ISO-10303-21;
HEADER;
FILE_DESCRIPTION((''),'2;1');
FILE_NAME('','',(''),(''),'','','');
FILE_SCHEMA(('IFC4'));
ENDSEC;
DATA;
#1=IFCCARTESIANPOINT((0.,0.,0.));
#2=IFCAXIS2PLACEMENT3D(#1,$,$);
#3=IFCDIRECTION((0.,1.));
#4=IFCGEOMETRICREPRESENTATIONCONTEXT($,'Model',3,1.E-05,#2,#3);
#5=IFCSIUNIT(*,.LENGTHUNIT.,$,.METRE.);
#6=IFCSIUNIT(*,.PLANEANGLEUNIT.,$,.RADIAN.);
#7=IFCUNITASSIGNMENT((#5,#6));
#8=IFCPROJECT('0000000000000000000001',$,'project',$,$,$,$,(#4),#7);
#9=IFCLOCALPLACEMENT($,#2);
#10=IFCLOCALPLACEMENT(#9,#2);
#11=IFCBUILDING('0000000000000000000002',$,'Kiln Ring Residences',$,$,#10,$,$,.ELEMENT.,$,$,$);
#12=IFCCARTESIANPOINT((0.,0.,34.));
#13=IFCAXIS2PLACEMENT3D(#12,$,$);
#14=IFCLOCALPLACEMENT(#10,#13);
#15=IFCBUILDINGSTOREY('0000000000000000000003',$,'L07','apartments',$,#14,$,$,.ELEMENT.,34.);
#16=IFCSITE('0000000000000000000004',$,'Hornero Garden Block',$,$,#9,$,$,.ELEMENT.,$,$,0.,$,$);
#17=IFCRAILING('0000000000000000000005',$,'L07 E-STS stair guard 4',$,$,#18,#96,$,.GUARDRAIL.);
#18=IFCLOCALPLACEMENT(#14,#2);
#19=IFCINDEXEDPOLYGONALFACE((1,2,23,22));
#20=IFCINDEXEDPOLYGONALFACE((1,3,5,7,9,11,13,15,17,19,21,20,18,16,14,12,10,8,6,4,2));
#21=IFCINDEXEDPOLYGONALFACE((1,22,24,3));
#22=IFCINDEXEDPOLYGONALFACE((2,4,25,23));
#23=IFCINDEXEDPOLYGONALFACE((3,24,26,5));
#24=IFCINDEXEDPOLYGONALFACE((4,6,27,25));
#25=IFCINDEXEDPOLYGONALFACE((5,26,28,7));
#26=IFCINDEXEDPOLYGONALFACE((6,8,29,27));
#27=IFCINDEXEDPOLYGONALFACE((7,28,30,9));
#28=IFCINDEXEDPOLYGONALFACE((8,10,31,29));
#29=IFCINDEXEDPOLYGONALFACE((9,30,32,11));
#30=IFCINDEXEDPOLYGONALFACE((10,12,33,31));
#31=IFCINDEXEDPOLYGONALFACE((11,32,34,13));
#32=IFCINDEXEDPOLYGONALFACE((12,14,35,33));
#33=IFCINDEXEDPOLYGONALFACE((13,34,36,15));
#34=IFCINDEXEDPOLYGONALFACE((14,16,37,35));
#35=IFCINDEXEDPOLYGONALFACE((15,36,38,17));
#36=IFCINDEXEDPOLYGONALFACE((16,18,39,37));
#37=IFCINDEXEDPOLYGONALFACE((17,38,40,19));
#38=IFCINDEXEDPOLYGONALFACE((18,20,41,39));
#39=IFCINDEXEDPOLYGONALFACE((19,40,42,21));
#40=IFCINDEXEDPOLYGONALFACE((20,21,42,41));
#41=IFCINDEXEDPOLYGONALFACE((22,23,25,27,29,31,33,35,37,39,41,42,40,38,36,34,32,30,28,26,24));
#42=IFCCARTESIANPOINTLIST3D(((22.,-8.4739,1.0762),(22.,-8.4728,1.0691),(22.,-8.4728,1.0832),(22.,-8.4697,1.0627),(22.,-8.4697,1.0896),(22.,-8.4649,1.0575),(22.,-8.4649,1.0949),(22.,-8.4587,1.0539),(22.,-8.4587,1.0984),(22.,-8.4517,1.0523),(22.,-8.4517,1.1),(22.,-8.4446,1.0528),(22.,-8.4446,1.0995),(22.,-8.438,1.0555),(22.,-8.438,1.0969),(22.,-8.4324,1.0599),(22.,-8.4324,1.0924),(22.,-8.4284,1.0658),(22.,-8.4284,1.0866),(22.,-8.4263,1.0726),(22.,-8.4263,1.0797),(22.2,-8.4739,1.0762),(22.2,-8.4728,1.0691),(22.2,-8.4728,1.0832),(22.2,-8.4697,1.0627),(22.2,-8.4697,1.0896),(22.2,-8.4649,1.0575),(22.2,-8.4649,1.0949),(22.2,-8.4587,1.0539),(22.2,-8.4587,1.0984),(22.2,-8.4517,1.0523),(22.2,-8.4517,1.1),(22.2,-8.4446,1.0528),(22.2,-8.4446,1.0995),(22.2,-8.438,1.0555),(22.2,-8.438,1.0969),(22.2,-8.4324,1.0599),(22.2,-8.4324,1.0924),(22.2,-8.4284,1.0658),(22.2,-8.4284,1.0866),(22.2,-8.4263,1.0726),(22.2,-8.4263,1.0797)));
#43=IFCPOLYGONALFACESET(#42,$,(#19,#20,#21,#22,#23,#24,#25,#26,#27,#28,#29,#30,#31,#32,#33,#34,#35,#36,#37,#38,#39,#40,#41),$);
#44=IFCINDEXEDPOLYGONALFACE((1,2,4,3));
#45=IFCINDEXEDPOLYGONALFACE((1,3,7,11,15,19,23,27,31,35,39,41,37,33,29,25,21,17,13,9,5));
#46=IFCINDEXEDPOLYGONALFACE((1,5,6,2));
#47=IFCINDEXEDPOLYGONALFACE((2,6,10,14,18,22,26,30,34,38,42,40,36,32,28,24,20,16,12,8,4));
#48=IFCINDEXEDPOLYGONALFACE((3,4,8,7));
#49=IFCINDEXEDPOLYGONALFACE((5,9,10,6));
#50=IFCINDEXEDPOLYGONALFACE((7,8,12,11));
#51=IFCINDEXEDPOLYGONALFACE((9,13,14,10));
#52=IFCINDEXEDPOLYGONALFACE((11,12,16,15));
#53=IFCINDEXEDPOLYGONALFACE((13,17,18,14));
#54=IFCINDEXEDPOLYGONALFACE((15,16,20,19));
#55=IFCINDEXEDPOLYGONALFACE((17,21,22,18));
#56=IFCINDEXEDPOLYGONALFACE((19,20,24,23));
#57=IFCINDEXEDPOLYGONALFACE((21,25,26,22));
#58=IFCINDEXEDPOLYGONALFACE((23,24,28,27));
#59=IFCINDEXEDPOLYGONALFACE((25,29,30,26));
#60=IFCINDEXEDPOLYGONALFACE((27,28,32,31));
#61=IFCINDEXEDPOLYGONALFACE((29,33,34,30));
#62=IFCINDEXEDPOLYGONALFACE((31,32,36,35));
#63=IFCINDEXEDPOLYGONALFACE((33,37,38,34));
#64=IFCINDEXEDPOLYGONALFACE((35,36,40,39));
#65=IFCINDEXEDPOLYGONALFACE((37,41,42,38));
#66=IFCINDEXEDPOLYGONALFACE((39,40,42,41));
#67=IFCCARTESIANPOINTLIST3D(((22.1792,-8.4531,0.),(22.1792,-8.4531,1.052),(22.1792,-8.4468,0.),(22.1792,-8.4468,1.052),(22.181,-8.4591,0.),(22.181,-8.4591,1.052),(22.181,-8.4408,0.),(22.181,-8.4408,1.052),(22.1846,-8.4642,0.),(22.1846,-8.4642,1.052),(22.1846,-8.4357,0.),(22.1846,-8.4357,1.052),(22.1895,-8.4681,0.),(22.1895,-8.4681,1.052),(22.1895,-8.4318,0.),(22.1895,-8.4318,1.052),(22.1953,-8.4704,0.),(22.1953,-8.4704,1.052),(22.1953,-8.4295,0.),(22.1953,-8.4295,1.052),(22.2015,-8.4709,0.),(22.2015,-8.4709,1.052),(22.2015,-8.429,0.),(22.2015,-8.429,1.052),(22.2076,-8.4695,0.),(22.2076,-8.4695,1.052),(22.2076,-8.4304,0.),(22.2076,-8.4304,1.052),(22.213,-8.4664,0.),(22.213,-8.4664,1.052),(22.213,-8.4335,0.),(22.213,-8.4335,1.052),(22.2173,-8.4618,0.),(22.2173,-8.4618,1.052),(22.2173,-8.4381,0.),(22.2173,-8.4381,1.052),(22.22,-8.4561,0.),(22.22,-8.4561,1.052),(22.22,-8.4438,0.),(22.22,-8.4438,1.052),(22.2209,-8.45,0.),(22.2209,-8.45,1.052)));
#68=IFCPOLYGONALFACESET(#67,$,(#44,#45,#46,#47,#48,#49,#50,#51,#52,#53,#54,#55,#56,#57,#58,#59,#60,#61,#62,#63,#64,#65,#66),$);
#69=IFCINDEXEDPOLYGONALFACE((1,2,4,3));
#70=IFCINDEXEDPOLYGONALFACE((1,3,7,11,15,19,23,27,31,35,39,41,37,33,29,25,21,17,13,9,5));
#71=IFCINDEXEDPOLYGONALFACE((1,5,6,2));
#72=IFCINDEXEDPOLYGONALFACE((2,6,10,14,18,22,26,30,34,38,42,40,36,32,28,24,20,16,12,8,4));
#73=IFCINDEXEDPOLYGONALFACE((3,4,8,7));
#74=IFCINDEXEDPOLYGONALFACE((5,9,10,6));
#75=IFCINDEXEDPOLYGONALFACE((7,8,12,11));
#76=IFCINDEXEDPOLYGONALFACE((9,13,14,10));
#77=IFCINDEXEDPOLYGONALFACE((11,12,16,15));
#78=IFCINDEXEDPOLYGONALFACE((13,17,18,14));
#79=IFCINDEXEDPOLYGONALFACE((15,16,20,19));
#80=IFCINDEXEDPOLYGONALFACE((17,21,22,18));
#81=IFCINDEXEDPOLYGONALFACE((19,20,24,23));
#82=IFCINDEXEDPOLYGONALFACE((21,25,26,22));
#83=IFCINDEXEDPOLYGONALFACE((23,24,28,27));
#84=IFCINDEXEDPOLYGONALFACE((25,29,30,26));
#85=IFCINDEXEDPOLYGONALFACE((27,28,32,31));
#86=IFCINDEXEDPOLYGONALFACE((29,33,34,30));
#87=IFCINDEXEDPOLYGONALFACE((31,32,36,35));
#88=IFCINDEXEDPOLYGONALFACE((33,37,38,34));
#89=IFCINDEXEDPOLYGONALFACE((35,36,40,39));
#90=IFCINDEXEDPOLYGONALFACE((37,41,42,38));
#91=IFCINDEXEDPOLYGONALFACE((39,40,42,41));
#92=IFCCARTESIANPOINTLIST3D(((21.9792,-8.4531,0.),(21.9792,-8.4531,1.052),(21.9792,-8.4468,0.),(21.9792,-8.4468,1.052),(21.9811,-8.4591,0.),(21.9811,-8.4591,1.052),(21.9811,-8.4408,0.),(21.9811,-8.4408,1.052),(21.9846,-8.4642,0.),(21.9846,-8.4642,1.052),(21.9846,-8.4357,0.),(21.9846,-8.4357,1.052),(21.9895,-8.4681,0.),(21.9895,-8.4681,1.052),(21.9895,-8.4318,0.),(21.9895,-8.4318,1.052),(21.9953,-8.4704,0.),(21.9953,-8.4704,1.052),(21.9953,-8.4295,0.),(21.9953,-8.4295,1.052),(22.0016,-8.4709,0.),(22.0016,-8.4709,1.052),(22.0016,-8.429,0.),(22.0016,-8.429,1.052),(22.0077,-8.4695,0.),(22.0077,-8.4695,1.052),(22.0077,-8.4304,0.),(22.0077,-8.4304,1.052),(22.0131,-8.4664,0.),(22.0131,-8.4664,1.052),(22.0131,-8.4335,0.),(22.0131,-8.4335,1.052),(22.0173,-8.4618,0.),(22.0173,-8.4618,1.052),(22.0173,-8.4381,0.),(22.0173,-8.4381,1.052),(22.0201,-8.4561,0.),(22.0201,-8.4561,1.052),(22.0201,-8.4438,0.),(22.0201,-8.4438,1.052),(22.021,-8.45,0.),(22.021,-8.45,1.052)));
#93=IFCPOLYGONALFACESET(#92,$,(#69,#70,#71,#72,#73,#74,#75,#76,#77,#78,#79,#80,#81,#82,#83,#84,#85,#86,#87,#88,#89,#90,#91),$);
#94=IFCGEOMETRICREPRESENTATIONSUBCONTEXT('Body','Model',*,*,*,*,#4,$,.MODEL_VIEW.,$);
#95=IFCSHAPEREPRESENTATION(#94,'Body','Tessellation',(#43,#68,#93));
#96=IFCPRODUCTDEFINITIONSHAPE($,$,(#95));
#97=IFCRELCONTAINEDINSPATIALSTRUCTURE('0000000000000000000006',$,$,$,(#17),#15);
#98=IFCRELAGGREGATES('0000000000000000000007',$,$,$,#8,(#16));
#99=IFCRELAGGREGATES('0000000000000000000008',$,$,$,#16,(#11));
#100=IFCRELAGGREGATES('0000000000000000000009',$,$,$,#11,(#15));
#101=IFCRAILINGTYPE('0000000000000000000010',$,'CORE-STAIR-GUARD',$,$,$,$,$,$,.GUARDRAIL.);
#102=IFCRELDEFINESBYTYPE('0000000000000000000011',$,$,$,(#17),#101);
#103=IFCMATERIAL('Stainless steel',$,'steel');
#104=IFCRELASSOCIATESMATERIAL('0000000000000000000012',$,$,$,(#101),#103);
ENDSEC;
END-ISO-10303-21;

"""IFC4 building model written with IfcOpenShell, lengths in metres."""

from ifc_helpers import new_model, si_unit, direction, frame, origin, origin_2d, place, context, subcontext, project, spatial, circle, extrude, material, type_object, element, save


model = new_model("IFC4")

# Units and contexts
model_context = context("Model", 3, precision=1e-05, world=origin(), true_north=direction((0.0, 1.0)))
body_context = subcontext(model_context, "Body", "Model", "MODEL_VIEW")
ifc_project = project(units=[si_unit("LENGTHUNIT", "METRE"), si_unit("PLANEANGLEUNIT", "RADIAN")], contexts=[model_context])

# Site, building, storey
site_placement = place(None, origin())
site = spatial("IfcSite", under=ifc_project, at=site_placement, Name="Hornero Garden Block", CompositionType="ELEMENT", RefElevation=0.0)
building_placement = place(site_placement, origin())
building = spatial("IfcBuilding", under=site, at=building_placement, Name="Kiln Ring Residences", CompositionType="ELEMENT")
storey_placement = place(building_placement, frame((0.0, 0.0, 34.0)))
storey = spatial("IfcBuildingStorey", under=building, at=storey_placement, Name="L07", Description="apartments", CompositionType="ELEMENT", Elevation=34.0)

# Railing
ifc_material_1 = material(Name="Stainless steel", Category="steel")
railing_type_1 = type_object("IfcRailingType", Name="CORE-STAIR-GUARD", PredefinedType="GUARDRAIL", material=ifc_material_1)
railing_1_placement = place(storey_placement, frame((22.2, -8.45, 0.0)))
element("IfcRailing", 1, at=railing_1_placement, inside=storey, type_object=railing_type_1, Name="L07 E-STS stair guard 4", PredefinedType="GUARDRAIL", context=body_context, shape_type="SweptSolid", body=[
    extrude(circle(Radius=0.0239, at=origin_2d()), frame((0.0, 0.0, 1.0762), z_axis=(-1.0, 0.0, 0.0), x_axis=(0.0, -1.0, 0.0)), (0.0, 0.0, 1.0), 0.2),
    extrude(circle(Radius=0.021, at=origin_2d()), origin(), (0.0, 0.0, 1.0), 1.052),
    extrude(circle(Radius=0.021, at=origin_2d()), frame((-0.2, 0.0, 0.0)), (0.0, 0.0, 1.0), 1.052),
])

save(model, "model.ifc")
